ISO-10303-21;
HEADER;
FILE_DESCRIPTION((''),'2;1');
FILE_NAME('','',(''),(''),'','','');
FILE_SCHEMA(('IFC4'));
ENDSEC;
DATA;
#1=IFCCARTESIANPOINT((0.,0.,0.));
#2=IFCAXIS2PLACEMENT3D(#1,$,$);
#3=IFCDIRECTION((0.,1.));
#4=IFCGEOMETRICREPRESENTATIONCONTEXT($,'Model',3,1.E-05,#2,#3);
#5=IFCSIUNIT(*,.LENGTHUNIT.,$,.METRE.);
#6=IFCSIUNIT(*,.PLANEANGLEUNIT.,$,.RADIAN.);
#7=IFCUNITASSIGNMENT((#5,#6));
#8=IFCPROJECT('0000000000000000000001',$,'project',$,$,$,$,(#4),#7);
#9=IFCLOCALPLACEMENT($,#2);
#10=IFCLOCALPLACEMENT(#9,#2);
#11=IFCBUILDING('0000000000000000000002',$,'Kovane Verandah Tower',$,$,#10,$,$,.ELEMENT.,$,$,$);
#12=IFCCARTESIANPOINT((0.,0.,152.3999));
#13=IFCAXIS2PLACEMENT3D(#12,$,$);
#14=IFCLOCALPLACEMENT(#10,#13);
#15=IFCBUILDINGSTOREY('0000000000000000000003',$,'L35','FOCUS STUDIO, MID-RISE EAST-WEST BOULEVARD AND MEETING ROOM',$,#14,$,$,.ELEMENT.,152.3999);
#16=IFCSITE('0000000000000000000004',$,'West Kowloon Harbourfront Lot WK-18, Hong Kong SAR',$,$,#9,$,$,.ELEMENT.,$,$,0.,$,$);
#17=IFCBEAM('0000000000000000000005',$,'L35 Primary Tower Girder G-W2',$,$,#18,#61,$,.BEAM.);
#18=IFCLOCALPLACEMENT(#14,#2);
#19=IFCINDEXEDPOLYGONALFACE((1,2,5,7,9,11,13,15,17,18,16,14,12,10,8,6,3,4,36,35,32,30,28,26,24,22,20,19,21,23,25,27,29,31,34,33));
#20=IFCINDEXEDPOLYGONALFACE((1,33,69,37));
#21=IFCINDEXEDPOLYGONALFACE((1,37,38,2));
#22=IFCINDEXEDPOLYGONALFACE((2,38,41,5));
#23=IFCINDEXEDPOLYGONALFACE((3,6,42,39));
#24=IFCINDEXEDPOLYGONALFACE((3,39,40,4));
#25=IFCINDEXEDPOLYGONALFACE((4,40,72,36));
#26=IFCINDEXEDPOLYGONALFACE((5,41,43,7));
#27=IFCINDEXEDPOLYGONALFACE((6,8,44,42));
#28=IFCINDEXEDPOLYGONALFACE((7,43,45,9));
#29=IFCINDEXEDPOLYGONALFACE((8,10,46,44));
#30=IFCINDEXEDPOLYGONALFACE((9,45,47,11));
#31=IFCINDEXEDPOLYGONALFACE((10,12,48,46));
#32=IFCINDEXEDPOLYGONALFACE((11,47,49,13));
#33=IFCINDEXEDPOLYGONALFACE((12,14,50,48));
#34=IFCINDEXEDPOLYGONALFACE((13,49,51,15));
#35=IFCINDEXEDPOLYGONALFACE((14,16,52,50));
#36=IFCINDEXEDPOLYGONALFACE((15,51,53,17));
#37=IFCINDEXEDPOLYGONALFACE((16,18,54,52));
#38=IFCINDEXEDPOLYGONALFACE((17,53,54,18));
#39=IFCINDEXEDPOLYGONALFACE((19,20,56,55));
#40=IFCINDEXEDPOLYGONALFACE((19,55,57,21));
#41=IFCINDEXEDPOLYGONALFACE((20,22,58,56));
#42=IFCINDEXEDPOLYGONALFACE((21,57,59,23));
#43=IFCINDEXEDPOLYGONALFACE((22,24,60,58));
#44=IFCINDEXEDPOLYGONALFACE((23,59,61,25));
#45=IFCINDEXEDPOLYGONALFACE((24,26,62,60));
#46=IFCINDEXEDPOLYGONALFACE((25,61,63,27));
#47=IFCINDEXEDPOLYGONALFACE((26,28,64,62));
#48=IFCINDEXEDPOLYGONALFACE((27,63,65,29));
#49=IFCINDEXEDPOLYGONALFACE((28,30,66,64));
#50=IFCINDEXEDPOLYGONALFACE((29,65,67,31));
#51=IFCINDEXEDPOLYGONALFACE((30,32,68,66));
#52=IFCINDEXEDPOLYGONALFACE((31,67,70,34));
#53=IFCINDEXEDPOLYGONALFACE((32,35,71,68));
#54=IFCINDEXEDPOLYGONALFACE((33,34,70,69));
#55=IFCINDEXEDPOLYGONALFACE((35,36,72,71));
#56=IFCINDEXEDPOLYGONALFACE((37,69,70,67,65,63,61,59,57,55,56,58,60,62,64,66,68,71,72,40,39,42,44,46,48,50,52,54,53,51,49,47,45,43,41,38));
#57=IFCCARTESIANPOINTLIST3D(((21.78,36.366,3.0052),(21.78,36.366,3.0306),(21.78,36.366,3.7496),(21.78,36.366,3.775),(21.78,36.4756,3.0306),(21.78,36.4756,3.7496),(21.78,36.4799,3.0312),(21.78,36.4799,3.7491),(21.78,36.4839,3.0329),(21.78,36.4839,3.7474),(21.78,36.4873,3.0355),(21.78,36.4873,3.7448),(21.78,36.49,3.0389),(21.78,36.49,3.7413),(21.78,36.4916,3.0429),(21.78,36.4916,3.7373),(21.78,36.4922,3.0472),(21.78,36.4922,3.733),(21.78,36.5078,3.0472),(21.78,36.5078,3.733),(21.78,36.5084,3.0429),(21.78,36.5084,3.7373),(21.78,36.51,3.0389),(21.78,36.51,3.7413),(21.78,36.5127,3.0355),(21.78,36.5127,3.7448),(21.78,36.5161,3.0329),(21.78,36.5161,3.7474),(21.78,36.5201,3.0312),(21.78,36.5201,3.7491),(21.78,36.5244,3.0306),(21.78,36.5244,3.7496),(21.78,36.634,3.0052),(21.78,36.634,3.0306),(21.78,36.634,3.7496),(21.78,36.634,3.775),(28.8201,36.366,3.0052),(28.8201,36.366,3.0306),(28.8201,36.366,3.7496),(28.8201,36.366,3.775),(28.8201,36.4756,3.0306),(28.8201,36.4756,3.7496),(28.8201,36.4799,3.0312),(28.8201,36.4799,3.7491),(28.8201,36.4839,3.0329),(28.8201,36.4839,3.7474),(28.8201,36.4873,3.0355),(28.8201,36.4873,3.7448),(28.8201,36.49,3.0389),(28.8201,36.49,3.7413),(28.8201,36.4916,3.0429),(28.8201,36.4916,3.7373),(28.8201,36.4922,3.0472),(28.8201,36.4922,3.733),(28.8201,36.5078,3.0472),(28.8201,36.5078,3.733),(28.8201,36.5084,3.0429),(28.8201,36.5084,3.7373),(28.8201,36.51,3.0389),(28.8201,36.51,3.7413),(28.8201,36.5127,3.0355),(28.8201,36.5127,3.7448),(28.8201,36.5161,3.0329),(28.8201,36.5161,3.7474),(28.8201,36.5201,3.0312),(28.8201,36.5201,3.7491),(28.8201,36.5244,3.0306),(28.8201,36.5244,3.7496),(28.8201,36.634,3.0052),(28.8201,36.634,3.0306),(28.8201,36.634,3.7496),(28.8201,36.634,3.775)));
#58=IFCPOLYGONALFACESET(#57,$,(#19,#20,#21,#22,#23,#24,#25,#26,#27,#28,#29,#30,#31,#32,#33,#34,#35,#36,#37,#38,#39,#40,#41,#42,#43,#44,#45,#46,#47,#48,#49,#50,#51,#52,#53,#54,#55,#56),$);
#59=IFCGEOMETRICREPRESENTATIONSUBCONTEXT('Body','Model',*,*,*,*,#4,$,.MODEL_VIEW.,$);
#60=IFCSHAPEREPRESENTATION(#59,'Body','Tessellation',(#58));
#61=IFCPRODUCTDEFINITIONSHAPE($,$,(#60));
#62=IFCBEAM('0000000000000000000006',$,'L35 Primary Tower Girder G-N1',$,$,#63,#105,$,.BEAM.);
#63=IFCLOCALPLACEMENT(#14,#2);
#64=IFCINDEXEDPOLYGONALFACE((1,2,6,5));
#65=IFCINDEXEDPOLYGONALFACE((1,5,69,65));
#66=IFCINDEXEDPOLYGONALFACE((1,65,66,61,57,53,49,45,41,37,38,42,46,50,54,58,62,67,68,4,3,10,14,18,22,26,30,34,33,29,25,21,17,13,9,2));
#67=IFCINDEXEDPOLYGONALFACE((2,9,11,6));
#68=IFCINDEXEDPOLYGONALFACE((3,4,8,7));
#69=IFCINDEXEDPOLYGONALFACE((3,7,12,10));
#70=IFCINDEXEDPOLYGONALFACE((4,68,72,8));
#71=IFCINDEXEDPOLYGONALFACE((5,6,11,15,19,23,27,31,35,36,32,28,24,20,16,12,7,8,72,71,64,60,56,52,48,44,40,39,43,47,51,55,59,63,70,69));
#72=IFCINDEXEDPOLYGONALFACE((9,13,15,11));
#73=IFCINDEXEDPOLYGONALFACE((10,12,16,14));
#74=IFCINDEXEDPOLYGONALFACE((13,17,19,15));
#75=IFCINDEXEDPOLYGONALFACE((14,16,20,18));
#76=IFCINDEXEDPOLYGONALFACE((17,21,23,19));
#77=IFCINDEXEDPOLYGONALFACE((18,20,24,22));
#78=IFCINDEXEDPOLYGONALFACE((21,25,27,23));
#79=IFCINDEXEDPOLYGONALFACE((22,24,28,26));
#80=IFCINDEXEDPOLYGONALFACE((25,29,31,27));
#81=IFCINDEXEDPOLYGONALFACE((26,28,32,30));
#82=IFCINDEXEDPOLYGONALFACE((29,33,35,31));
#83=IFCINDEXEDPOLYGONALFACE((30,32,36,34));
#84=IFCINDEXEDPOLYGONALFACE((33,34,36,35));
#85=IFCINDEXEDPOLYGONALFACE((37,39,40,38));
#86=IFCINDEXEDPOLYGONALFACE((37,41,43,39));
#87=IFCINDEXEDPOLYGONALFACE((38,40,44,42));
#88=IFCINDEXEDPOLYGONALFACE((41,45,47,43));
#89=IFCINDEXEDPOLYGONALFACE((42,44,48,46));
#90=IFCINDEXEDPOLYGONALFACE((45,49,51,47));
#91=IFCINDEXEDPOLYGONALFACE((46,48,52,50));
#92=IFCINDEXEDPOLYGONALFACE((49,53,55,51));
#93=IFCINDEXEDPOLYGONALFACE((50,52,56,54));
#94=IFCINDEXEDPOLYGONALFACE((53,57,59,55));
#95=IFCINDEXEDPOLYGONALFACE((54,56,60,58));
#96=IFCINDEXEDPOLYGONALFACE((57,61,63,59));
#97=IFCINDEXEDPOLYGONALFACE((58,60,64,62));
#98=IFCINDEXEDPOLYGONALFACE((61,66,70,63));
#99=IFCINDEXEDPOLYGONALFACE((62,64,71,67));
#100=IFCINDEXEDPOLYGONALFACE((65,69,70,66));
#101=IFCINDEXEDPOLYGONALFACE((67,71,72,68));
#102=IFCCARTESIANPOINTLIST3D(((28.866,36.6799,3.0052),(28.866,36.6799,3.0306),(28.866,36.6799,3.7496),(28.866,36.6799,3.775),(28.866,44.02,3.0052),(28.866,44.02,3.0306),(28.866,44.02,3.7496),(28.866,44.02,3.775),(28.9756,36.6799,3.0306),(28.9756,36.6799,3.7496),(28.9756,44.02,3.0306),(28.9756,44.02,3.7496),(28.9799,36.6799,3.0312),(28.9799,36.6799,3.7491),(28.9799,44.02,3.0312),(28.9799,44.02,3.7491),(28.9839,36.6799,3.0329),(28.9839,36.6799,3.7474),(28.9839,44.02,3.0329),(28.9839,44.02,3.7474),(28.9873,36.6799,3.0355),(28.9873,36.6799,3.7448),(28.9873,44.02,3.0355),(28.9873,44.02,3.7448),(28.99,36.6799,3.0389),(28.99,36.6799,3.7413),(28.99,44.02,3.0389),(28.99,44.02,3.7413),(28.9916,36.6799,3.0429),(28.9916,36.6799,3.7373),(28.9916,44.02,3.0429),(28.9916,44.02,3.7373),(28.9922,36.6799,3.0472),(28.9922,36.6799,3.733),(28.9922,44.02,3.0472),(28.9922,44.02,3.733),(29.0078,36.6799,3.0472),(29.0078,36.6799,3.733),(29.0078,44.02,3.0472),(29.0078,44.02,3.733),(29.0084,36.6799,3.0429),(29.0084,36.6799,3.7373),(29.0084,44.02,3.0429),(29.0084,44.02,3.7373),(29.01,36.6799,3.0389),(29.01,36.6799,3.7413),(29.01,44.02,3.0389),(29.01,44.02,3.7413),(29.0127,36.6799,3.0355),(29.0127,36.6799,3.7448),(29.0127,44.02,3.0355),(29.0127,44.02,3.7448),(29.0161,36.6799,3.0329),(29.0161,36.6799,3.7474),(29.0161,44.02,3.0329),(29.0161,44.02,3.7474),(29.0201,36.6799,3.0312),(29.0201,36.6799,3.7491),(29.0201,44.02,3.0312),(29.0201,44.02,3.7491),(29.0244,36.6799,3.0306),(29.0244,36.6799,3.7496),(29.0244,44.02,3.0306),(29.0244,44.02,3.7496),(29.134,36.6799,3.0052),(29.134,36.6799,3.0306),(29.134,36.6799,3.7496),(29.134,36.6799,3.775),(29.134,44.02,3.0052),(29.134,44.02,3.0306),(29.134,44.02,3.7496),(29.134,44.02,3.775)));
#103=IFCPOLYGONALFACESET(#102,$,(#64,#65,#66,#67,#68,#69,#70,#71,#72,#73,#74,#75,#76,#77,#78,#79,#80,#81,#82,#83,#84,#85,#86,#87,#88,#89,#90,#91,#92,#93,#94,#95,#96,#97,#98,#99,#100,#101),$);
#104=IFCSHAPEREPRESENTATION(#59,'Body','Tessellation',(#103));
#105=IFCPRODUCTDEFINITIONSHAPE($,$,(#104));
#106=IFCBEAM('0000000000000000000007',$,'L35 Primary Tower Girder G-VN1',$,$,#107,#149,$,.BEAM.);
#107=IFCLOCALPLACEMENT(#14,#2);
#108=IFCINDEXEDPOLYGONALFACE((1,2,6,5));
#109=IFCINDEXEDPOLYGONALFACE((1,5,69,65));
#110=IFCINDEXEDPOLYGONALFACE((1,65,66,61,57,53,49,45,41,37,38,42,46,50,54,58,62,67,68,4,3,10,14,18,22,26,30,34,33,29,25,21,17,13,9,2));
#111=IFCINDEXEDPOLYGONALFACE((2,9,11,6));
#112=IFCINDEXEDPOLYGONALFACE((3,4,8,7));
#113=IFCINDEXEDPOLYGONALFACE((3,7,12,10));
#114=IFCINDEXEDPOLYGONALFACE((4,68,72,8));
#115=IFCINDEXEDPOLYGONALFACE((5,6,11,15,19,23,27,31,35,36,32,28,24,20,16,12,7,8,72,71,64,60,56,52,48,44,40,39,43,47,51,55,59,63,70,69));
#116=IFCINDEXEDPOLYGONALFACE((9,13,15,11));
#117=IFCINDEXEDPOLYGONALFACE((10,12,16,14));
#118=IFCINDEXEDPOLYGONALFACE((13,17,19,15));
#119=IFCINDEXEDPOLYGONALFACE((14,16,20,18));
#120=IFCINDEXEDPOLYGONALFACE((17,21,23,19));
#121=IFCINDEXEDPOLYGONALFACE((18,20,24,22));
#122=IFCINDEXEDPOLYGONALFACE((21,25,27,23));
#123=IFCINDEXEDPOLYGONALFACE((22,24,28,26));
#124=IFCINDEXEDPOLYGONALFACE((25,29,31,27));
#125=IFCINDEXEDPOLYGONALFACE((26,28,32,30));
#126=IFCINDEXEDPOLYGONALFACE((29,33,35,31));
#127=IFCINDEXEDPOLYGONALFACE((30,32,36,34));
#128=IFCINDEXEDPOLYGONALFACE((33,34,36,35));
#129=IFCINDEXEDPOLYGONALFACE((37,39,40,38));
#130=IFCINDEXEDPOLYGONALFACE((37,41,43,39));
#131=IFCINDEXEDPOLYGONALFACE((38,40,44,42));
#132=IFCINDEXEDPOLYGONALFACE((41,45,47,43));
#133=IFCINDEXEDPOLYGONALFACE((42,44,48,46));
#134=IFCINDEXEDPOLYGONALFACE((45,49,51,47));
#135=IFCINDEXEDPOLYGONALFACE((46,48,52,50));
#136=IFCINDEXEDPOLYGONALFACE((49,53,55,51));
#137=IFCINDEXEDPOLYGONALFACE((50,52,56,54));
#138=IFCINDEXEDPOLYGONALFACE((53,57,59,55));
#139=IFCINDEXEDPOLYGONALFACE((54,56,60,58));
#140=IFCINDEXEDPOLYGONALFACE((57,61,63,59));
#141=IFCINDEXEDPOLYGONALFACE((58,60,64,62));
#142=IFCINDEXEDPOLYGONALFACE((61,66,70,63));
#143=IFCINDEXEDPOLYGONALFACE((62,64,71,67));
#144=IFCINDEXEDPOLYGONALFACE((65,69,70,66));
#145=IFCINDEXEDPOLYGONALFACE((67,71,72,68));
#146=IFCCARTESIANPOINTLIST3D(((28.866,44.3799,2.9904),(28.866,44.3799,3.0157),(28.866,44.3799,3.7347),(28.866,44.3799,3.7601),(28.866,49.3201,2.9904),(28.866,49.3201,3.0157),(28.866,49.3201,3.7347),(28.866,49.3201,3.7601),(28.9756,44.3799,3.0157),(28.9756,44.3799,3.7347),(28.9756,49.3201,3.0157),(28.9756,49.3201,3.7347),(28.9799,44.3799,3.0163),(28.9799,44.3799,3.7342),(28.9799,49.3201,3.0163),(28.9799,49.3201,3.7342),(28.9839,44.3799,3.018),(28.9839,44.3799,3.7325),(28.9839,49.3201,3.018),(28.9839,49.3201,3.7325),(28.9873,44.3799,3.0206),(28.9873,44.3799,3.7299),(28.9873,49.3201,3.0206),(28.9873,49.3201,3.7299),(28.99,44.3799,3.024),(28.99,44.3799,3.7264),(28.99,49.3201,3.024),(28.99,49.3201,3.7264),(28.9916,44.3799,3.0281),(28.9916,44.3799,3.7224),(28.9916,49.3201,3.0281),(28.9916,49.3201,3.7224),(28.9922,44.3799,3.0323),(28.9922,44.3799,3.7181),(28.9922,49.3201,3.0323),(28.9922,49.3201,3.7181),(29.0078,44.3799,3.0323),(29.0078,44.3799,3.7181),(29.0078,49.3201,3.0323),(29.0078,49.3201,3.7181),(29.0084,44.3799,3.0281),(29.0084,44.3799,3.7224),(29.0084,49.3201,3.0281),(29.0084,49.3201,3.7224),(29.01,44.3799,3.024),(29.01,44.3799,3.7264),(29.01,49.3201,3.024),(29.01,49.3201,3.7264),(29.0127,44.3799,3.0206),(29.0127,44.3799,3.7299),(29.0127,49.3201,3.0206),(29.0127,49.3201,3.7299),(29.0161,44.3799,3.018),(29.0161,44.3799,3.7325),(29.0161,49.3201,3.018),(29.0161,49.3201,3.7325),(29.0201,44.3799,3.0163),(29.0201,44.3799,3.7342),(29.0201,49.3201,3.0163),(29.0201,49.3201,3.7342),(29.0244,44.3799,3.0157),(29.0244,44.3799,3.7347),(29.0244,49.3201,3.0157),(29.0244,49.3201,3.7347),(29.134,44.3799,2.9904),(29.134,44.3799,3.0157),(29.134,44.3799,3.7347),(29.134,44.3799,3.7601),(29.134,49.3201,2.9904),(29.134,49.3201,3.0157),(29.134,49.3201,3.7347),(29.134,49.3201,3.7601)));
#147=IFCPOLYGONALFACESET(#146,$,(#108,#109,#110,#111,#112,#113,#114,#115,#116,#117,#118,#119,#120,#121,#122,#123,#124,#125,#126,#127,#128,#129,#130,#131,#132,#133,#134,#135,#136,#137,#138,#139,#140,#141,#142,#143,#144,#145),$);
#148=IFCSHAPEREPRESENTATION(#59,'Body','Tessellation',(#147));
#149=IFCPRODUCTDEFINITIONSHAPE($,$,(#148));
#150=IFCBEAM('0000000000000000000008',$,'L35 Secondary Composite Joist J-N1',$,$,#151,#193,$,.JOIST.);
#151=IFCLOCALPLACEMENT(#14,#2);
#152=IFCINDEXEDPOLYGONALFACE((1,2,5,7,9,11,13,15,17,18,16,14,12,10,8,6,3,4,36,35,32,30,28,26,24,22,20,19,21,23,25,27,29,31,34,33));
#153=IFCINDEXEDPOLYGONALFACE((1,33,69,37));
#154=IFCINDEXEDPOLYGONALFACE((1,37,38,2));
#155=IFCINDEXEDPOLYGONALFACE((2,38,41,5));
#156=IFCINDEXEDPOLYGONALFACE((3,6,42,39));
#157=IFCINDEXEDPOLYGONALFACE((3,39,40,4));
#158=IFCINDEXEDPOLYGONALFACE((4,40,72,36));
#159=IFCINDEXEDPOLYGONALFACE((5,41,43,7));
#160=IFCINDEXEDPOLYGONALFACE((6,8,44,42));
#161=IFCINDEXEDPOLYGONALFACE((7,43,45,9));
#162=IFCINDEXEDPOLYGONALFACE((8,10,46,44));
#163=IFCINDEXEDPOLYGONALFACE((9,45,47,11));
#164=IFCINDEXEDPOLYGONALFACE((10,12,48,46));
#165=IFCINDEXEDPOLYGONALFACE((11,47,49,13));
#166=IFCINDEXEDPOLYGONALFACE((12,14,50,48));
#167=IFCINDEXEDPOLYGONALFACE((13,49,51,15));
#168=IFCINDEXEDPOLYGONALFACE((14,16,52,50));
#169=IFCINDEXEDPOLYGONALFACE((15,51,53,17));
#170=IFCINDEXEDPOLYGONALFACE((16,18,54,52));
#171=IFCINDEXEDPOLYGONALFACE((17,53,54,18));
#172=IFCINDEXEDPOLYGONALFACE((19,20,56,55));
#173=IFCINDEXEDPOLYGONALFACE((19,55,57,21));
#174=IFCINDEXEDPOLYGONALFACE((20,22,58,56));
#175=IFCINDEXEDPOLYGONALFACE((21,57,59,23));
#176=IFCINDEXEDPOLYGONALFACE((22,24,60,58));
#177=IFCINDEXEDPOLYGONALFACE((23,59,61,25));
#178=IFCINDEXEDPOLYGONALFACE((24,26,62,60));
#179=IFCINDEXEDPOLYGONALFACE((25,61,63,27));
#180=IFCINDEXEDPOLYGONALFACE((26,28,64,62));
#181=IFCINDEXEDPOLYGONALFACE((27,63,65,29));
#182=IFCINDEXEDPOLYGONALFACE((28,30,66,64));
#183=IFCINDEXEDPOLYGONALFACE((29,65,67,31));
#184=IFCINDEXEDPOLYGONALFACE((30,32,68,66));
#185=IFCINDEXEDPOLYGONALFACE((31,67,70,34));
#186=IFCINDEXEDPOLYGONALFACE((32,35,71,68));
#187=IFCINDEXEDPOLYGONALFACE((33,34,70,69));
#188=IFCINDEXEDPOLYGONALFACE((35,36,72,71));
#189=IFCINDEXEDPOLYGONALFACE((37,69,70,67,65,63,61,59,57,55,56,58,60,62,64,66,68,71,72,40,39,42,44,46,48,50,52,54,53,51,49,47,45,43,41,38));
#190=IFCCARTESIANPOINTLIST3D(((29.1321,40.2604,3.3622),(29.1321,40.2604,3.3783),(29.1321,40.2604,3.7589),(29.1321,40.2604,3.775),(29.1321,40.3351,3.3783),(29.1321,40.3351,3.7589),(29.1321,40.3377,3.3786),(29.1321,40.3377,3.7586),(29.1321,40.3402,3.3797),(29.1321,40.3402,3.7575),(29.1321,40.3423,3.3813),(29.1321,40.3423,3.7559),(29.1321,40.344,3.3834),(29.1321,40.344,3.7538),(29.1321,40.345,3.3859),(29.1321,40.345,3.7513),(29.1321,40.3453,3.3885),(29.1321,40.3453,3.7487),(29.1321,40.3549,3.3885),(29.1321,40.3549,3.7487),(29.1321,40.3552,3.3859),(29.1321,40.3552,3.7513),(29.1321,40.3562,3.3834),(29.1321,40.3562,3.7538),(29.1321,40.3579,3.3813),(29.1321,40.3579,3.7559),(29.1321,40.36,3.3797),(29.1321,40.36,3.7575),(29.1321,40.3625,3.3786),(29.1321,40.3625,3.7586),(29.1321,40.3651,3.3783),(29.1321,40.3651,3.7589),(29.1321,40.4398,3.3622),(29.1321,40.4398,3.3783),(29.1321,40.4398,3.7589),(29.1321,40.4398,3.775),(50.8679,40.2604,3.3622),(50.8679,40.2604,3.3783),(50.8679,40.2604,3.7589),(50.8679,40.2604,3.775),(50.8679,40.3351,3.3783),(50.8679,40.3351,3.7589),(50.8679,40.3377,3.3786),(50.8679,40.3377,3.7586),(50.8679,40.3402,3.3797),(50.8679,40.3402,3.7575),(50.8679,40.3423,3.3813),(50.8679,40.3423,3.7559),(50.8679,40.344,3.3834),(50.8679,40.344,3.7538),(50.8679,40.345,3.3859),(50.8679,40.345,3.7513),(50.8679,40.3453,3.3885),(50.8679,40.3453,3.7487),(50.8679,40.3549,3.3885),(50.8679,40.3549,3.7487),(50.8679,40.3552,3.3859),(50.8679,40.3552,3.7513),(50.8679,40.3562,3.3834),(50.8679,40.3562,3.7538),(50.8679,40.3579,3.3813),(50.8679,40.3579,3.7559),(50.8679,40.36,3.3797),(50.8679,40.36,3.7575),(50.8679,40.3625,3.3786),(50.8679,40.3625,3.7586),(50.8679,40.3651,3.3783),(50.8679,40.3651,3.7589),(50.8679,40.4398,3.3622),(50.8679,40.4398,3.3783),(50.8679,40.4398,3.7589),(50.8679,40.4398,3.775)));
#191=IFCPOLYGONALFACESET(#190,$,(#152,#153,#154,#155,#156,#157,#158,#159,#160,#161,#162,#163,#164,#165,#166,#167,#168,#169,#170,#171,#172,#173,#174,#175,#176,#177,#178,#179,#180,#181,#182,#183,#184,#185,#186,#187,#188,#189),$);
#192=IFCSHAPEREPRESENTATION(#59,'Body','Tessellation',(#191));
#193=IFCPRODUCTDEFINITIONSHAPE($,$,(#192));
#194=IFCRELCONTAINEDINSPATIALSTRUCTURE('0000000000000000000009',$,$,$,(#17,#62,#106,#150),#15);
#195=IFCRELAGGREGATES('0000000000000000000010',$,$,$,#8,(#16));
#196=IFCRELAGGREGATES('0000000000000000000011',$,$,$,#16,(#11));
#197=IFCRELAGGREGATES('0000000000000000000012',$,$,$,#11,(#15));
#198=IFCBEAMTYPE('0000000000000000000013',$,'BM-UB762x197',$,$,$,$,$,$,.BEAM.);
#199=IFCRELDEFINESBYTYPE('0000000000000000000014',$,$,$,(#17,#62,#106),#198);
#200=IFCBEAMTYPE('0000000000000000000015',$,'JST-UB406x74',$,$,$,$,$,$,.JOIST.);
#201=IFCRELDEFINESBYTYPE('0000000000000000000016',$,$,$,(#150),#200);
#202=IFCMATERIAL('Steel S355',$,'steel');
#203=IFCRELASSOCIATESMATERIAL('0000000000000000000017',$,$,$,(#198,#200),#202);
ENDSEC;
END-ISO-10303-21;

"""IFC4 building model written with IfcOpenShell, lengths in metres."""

from ifc_helpers import new_model, si_unit, direction, frame, origin, origin_2d, place, context, subcontext, project, spatial, i_section, extrude, material, material_profile, profile_set, type_object, element, save


model = new_model("IFC4")

# Units and contexts
model_context = context("Model", 3, precision=1e-05, world=origin(), true_north=direction((0.0, 1.0)))
body_context = subcontext(model_context, "Body", "Model", "MODEL_VIEW")
ifc_project = project(units=[si_unit("LENGTHUNIT", "METRE"), si_unit("PLANEANGLEUNIT", "RADIAN")], contexts=[model_context])

# Site, building, storey
site_placement = place(None, origin())
site = spatial("IfcSite", under=ifc_project, at=site_placement, Name="West Kowloon Harbourfront Lot WK-18, Hong Kong SAR", CompositionType="ELEMENT", RefElevation=0.0)
building_placement = place(site_placement, origin())
building = spatial("IfcBuilding", under=site, at=building_placement, Name="Kovane Verandah Tower", CompositionType="ELEMENT")
storey_placement = place(building_placement, frame((0.0, 0.0, 152.3999)))
storey = spatial("IfcBuildingStorey", under=building, at=storey_placement, Name="L35", Description="FOCUS STUDIO, MID-RISE EAST-WEST BOULEVARD AND MEETING ROOM", CompositionType="ELEMENT", Elevation=152.3999)

# Beams
ifc_material_1 = material(Name="Steel S355", Category="steel")
ifc_material_profile_1 = material_profile(ifc_material_1, i_section(OverallWidth=0.2681, OverallDepth=0.7698, WebThickness=0.0156, FlangeThickness=0.0254, FilletRadius=0.0166, at=origin_2d()), Name="UB762x267x197")
ifc_profile_set_1 = profile_set([ifc_material_profile_1], Name="Steel S355")
beam_type_1 = type_object("IfcBeamType", Name="BM-UB762x197", PredefinedType="BEAM", material=ifc_profile_set_1)
for number, where, z_axis, x_axis, name in (
    (1, (28.8201, 36.5, 3.3901), (-1.0, 0.0, 0.0), (0.0, -1.0, 0.0), "L35 Primary Tower Girder G-W2"),
):
    element("IfcBeam", number, at=place(storey_placement, frame(where, z_axis=z_axis, x_axis=x_axis)), inside=storey, type_object=beam_type_1, Name=name, PredefinedType="BEAM", context=body_context, shape_type="SweptSolid", body=[
        extrude(i_section(OverallWidth=0.2681, OverallDepth=0.7698, WebThickness=0.0156, FlangeThickness=0.0254, FilletRadius=0.0166, at=origin_2d()), origin(), (0.0, 0.0, 1.0), 7.04),
    ])
beam_1_placement = place(storey_placement, frame((29.0, 36.6799, 3.3901), z_axis=(0.0, 1.0, 0.0), x_axis=(-1.0, 0.0, 0.0)))
element("IfcBeam", 2, at=beam_1_placement, inside=storey, type_object=beam_type_1, Name="L35 Primary Tower Girder G-N1", PredefinedType="BEAM", context=body_context, shape_type="SweptSolid", body=[
    extrude(i_section(OverallWidth=0.2681, OverallDepth=0.7698, WebThickness=0.0156, FlangeThickness=0.0254, FilletRadius=0.0166, at=origin_2d()), origin(), (0.0, 0.0, 1.0), 7.3401),
])
beam_2_placement = place(storey_placement, frame((29.0, 44.3799, 3.3752), z_axis=(0.0, 1.0, 0.0), x_axis=(-1.0, 0.0, 0.0)))
element("IfcBeam", 3, at=beam_2_placement, inside=storey, type_object=beam_type_1, Name="L35 Primary Tower Girder G-VN1", PredefinedType="BEAM", context=body_context, shape_type="SweptSolid", body=[
    extrude(i_section(OverallWidth=0.2681, OverallDepth=0.7698, WebThickness=0.0156, FlangeThickness=0.0254, FilletRadius=0.0166, at=origin_2d()), origin(), (0.0, 0.0, 1.0), 4.9402),
])
ifc_material_profile_2 = material_profile(ifc_material_1, i_section(OverallWidth=0.1794, OverallDepth=0.4128, WebThickness=0.0095, FlangeThickness=0.0161, FilletRadius=0.0103, at=origin_2d()), Name="UB406x178x74")
ifc_profile_set_2 = profile_set([ifc_material_profile_2], Name="Steel S355")
beam_type_2 = type_object("IfcBeamType", Name="JST-UB406x74", PredefinedType="JOIST", material=ifc_profile_set_2)
beam_3_placement = place(storey_placement, frame((29.1321, 40.3501, 3.5686), z_axis=(1.0, 0.0, 0.0), x_axis=(0.0, 1.0, 0.0)))
element("IfcBeam", 4, at=beam_3_placement, inside=storey, type_object=beam_type_2, Name="L35 Secondary Composite Joist J-N1", PredefinedType="JOIST", context=body_context, shape_type="SweptSolid", body=[
    extrude(i_section(OverallWidth=0.1794, OverallDepth=0.4128, WebThickness=0.0095, FlangeThickness=0.0161, FilletRadius=0.0103, at=origin_2d()), origin(), (0.0, 0.0, 1.0), 21.7358),
])

save(model, "model.ifc")
